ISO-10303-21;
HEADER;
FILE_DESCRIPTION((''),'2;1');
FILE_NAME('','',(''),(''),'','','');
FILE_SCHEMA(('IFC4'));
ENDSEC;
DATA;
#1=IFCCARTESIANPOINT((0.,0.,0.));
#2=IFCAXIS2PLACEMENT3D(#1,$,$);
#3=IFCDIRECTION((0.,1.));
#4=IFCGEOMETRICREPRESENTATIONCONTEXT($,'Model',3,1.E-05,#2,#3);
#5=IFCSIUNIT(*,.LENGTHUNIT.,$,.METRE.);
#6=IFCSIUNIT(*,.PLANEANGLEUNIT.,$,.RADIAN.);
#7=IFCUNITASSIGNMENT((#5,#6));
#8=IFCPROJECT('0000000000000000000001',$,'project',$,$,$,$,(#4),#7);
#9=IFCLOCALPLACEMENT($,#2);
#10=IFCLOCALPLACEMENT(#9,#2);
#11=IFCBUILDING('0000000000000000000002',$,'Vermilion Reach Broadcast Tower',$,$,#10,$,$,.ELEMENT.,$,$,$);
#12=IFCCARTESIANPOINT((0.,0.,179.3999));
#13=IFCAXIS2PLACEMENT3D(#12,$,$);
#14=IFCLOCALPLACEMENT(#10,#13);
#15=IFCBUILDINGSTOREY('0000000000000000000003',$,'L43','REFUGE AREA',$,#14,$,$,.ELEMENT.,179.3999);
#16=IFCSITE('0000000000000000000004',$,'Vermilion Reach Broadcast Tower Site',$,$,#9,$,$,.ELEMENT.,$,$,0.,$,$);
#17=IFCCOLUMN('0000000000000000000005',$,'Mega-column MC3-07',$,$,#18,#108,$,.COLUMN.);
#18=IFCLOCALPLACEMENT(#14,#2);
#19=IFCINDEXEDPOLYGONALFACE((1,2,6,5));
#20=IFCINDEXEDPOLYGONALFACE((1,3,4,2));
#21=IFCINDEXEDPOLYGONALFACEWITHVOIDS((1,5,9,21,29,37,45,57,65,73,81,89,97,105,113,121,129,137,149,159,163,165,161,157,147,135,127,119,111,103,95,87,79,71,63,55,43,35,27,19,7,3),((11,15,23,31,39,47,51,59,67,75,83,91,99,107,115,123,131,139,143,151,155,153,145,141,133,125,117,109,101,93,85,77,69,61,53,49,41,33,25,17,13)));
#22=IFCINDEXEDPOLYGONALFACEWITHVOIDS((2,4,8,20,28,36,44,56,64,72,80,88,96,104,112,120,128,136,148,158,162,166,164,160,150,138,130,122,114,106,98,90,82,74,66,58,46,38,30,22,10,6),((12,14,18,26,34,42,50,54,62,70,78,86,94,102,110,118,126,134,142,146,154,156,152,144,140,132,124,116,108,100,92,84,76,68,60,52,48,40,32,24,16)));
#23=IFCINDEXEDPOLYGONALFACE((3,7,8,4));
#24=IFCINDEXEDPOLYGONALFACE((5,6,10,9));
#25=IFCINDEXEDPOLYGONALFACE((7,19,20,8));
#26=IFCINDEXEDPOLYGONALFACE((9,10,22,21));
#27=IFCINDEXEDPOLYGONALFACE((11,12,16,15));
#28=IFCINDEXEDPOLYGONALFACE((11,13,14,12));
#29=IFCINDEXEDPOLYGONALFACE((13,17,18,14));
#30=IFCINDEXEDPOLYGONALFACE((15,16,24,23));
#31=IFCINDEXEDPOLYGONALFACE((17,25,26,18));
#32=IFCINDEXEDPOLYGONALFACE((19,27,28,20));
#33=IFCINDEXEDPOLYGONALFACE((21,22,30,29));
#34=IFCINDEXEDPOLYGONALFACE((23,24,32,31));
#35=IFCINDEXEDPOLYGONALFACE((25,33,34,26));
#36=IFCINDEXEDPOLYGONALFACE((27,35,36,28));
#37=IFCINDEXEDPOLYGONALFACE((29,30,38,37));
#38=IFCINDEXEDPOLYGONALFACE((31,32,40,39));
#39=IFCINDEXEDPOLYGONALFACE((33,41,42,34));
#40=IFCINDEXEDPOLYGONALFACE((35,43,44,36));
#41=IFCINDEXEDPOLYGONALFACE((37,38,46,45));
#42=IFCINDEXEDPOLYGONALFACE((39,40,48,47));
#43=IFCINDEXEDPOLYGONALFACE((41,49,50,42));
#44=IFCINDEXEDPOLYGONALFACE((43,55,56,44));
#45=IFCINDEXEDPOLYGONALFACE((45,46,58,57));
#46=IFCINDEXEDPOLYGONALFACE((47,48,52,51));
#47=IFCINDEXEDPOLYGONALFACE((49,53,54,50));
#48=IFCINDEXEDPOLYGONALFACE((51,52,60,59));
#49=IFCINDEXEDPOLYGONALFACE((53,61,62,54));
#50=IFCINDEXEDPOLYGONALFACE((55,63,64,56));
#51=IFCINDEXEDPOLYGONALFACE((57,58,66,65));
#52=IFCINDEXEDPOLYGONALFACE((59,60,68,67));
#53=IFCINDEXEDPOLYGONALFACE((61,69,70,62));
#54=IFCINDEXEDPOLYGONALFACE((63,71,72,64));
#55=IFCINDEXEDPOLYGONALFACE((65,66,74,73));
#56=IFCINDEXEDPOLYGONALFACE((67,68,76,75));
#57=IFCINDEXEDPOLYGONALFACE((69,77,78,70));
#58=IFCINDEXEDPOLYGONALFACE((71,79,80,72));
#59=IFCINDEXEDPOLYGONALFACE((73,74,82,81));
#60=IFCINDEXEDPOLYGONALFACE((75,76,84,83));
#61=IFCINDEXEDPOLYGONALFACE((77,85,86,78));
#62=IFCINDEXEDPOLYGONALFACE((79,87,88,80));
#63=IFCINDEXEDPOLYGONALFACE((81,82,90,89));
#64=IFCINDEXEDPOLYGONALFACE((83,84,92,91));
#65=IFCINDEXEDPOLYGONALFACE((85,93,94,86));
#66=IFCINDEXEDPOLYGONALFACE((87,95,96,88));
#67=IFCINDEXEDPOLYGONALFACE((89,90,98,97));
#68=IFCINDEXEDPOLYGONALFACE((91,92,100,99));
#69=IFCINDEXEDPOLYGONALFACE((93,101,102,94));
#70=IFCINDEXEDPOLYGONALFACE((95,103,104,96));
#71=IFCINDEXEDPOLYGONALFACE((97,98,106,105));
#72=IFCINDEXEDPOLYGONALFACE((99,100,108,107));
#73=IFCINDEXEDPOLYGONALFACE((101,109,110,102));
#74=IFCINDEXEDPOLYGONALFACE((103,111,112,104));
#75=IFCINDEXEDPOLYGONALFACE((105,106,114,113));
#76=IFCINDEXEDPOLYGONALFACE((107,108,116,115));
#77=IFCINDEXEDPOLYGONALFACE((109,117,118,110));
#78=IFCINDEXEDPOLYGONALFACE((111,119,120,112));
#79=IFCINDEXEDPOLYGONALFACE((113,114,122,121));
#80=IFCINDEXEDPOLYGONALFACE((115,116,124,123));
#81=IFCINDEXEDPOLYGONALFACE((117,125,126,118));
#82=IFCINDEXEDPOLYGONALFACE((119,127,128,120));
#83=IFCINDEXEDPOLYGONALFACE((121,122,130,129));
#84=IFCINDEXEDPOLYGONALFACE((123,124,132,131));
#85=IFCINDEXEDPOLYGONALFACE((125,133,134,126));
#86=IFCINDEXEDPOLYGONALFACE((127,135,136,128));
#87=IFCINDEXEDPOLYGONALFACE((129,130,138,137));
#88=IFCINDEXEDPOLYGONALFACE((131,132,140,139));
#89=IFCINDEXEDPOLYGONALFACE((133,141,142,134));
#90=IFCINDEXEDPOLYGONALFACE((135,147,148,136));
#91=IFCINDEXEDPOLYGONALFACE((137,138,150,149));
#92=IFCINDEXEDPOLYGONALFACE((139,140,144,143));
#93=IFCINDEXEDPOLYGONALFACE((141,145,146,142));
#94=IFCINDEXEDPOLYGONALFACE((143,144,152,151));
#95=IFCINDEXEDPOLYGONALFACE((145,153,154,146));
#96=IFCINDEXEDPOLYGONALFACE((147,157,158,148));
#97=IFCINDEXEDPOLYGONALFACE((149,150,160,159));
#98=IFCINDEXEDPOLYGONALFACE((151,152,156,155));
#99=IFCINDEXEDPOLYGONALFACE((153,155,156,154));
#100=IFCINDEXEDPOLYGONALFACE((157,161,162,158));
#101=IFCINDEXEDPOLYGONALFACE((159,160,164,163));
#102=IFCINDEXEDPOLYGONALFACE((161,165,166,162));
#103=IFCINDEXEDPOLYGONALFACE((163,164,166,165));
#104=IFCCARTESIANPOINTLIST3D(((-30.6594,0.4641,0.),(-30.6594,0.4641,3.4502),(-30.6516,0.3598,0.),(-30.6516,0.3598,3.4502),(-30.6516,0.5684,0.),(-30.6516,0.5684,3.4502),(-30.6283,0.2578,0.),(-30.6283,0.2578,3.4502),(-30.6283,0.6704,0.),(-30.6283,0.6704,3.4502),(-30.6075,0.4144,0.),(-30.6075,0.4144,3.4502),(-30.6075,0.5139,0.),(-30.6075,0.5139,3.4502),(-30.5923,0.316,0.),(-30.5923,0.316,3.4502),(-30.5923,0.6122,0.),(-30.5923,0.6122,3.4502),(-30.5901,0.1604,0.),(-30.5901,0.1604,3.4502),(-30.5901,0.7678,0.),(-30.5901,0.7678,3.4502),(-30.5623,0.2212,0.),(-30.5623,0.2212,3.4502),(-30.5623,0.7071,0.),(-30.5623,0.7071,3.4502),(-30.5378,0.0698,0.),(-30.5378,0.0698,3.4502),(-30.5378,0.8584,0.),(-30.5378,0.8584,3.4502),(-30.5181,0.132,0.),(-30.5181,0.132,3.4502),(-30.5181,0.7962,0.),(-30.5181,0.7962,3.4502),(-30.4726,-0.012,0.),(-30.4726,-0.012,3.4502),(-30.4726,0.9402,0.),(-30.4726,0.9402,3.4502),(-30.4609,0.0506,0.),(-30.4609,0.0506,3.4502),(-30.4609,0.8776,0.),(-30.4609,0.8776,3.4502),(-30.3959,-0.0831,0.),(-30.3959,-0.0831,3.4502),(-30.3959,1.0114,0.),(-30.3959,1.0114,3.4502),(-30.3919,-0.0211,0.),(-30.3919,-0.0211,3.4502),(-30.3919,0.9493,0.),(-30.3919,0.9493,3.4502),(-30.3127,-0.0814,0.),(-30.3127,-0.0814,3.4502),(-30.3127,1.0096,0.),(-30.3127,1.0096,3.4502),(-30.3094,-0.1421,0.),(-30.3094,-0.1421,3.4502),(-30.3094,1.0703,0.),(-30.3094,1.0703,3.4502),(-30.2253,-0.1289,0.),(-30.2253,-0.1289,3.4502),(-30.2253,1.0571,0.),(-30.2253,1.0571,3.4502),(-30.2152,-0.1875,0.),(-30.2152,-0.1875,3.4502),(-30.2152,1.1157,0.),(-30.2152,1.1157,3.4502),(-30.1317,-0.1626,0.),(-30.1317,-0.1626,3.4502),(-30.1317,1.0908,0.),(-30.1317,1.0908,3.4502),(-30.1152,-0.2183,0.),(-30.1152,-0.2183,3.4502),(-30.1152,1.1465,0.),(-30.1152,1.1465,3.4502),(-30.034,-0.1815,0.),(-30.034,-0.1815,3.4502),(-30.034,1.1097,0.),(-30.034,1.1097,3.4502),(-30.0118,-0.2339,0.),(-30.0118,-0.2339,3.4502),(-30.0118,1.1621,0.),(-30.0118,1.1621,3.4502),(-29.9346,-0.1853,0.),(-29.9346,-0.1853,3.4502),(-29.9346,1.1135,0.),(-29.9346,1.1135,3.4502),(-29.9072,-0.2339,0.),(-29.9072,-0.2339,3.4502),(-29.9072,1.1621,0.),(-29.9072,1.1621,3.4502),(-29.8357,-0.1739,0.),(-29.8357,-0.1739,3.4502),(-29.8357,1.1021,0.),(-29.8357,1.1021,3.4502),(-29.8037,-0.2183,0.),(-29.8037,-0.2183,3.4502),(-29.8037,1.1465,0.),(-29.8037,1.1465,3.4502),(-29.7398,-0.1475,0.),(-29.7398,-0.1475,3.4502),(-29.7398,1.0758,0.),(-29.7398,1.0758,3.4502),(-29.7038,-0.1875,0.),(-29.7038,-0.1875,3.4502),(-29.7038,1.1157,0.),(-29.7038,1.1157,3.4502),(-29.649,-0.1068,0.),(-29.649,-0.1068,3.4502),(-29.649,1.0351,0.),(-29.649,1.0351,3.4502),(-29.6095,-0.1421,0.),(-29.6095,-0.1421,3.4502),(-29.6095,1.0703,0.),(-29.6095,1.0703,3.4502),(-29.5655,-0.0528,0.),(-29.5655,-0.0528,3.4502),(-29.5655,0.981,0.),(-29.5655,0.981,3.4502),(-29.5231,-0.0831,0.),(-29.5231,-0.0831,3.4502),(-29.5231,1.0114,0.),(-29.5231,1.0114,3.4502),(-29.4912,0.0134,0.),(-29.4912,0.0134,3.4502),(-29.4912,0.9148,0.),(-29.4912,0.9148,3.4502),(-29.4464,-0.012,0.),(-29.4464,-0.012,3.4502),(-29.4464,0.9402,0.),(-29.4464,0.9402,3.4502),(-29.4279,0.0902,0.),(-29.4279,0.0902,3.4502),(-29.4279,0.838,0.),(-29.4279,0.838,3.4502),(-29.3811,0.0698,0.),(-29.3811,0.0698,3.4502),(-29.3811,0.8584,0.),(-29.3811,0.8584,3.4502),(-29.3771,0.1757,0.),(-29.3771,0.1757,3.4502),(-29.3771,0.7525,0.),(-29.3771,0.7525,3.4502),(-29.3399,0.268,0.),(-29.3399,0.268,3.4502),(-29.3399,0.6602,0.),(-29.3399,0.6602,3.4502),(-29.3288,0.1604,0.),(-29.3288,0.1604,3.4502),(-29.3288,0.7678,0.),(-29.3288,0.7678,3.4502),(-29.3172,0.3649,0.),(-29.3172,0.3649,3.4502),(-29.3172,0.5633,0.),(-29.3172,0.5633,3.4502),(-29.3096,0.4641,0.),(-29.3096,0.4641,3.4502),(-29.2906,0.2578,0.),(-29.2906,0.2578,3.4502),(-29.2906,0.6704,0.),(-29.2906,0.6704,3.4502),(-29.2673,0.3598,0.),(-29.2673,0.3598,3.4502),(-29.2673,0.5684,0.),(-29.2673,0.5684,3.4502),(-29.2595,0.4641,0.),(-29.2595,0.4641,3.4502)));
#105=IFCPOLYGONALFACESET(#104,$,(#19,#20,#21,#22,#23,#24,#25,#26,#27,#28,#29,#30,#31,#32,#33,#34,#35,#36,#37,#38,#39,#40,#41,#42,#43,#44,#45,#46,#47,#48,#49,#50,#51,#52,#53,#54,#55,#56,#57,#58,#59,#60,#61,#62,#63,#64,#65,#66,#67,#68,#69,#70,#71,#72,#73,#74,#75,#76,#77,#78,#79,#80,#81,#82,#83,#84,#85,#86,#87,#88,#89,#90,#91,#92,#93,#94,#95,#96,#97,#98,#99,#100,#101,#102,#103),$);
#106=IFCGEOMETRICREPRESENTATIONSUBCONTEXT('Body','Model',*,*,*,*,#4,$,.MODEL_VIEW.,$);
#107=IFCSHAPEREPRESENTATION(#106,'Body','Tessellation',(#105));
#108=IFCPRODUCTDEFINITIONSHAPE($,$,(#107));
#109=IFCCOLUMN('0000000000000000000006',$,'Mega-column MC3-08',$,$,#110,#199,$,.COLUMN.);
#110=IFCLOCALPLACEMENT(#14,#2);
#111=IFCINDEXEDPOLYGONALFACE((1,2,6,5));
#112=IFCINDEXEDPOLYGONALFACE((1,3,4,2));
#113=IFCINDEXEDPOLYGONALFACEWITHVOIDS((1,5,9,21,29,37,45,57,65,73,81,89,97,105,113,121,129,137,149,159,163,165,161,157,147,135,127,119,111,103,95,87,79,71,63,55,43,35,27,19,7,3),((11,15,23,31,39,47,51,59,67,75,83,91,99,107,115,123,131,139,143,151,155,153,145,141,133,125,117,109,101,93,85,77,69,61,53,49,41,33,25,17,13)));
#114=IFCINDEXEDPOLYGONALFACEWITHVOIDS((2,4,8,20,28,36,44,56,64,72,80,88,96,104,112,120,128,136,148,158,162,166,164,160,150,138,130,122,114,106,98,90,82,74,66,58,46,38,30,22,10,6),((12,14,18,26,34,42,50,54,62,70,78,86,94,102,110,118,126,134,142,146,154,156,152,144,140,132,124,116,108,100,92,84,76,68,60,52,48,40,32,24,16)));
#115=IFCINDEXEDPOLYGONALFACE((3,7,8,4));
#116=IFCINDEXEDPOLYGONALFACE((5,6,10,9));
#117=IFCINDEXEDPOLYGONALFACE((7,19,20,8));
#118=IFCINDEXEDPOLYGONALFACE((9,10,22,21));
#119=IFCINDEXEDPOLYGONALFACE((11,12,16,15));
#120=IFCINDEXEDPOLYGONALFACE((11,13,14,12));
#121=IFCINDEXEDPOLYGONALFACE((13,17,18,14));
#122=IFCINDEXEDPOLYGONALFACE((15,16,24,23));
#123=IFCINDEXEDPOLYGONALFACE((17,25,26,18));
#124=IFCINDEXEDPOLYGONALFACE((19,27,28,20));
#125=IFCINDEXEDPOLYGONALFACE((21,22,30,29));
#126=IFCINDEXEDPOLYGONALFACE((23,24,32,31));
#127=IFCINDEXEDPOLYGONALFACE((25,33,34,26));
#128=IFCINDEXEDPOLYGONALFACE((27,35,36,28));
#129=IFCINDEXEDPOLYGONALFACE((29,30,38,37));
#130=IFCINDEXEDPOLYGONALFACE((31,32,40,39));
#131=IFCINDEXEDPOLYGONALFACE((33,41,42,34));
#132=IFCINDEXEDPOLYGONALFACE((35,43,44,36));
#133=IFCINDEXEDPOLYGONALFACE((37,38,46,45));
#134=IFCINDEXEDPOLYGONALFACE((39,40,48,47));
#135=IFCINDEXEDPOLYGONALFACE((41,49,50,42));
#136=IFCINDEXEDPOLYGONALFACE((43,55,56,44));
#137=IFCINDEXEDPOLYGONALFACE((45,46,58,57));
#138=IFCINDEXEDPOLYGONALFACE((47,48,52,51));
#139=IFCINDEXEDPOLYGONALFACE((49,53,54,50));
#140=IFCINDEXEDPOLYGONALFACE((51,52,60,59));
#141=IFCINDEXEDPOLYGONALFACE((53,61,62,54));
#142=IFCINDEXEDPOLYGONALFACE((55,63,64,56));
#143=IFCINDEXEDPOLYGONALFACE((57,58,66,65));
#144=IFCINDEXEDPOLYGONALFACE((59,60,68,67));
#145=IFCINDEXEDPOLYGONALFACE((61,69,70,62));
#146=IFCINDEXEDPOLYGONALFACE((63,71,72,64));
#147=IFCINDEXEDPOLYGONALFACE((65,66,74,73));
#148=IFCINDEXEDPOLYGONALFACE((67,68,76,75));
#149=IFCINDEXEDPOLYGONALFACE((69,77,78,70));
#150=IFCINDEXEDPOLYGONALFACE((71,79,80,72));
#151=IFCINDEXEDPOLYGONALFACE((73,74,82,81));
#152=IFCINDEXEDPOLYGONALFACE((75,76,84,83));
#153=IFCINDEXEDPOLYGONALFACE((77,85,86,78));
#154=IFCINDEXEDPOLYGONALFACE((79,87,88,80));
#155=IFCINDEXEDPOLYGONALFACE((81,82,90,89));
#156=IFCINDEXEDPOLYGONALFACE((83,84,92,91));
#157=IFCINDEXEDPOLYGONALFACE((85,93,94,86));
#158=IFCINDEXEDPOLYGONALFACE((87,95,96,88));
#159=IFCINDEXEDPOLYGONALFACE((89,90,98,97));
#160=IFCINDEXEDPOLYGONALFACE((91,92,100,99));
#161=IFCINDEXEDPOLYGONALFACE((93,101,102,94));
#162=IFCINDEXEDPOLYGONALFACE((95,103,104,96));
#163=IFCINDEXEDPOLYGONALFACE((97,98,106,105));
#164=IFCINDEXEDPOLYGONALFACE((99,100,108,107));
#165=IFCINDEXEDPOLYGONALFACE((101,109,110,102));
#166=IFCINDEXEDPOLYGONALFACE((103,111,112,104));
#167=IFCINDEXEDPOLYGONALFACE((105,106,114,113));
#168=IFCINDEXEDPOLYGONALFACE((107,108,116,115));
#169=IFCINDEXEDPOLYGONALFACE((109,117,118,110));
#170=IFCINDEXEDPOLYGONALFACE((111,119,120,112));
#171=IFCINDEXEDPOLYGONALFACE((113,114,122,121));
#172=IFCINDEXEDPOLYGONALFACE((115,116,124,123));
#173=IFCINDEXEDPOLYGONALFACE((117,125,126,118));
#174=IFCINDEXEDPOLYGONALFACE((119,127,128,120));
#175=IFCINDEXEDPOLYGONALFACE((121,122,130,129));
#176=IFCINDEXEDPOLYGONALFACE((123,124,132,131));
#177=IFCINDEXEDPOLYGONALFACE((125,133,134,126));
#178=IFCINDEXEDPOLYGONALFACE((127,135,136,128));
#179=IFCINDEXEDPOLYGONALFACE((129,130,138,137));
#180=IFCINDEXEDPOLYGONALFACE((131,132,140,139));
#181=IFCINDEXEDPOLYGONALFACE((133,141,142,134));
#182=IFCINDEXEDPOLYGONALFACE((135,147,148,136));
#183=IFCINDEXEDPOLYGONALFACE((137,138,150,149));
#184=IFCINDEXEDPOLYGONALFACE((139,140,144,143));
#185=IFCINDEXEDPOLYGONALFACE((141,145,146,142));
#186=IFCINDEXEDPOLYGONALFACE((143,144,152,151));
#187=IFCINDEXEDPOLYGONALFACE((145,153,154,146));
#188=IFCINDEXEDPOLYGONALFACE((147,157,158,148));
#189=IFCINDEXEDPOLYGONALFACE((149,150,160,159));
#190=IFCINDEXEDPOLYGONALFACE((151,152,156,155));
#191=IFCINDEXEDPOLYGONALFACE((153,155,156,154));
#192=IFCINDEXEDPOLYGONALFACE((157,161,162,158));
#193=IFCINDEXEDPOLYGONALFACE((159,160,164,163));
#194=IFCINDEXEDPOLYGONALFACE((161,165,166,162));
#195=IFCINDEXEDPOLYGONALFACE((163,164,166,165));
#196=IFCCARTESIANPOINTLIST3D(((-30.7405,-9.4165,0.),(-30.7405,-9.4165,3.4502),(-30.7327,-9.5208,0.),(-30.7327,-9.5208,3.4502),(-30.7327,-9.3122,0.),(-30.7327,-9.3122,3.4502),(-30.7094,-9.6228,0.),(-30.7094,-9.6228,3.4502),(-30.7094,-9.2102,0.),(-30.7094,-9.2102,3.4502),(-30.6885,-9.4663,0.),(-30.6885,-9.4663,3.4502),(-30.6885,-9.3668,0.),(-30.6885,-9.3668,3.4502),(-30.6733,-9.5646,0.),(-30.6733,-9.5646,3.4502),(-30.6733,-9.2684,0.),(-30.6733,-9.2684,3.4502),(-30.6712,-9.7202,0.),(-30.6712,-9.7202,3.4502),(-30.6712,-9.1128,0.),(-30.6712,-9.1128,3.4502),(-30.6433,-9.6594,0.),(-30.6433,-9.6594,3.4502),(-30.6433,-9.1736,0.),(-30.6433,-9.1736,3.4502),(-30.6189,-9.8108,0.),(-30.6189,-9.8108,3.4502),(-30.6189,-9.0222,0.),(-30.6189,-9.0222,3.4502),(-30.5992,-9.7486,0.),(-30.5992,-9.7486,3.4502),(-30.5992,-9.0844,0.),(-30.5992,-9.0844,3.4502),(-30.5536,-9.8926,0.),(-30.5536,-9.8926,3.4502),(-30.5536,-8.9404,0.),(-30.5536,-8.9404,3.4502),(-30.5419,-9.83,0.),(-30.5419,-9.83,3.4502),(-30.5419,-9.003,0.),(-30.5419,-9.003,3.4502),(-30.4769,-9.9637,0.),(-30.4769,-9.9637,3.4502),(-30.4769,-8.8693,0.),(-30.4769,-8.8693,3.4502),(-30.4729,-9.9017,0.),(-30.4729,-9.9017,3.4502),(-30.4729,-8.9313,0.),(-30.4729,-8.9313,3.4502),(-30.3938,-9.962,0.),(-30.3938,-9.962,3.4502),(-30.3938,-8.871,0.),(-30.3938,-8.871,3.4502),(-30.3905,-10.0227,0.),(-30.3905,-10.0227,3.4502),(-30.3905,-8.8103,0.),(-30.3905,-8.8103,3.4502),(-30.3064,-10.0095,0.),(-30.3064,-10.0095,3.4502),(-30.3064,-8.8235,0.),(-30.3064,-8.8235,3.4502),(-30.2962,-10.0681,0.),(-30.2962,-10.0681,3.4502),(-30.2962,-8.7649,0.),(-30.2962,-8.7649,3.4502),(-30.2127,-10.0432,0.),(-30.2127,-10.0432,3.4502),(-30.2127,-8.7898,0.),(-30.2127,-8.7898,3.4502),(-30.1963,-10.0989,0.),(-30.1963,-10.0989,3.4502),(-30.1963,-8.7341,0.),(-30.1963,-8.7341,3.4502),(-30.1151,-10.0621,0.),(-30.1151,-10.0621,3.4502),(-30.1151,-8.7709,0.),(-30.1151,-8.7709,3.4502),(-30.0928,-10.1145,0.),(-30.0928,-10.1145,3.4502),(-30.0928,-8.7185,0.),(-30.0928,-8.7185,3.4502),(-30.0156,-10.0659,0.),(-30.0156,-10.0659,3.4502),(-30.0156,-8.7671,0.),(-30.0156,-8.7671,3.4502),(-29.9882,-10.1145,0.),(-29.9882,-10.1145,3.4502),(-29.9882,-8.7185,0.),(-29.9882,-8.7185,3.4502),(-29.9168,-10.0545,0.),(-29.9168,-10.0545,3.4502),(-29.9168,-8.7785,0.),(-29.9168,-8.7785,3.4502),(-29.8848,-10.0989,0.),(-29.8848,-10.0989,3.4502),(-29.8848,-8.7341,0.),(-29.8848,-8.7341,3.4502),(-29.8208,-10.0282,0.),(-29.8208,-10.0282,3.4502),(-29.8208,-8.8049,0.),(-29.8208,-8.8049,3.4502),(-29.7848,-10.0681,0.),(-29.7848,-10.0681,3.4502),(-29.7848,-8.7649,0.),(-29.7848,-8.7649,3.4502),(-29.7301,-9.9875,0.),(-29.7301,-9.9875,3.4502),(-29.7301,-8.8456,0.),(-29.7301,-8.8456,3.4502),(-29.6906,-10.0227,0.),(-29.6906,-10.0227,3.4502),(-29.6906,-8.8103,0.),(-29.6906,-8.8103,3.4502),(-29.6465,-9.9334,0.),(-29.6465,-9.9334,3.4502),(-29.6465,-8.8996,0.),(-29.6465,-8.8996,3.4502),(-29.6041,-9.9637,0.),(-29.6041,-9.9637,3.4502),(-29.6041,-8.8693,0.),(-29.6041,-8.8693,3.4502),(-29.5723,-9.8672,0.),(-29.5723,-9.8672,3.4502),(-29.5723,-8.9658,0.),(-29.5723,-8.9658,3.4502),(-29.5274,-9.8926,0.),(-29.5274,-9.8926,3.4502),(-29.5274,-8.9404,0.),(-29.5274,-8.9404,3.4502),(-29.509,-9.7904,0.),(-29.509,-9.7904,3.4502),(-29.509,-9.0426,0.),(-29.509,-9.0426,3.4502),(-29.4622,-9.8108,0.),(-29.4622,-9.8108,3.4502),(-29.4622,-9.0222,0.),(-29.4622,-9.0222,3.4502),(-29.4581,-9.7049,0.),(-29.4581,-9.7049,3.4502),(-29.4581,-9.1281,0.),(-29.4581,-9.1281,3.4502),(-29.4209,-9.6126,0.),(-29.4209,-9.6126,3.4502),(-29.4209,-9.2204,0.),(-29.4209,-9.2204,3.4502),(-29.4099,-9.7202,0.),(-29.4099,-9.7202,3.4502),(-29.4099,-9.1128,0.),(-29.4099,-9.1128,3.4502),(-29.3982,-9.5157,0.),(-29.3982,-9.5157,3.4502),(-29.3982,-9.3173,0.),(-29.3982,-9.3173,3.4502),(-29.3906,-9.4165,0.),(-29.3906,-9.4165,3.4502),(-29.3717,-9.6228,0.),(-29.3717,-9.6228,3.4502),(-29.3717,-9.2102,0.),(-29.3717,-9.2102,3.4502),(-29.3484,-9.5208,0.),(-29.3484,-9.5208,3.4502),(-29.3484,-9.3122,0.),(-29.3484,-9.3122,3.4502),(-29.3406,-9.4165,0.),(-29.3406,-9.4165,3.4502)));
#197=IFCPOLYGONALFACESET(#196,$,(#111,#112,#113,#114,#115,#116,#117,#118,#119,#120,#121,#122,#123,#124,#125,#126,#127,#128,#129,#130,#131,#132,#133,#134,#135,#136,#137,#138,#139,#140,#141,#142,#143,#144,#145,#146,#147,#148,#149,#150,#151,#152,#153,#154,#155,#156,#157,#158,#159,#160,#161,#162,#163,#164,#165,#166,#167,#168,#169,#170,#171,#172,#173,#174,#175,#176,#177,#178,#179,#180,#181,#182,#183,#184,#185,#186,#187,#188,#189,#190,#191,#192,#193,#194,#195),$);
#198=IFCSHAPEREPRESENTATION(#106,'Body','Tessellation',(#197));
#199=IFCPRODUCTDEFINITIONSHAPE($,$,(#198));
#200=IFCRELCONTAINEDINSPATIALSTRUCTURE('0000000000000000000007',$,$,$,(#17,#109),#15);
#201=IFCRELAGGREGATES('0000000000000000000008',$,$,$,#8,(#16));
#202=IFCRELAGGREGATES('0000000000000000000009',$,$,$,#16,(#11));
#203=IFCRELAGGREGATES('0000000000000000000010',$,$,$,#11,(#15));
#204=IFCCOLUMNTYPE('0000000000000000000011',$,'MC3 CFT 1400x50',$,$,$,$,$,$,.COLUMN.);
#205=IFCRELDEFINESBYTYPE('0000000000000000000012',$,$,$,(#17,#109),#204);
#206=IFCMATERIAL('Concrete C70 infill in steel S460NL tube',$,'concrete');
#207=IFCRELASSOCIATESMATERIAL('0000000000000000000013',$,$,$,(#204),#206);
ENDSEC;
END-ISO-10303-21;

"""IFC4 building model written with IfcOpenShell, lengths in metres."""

from ifc_helpers import new_model, si_unit, direction, frame, origin, origin_2d, place, context, subcontext, project, spatial, hollow_circle, extrude, material, material_profile, profile_set, type_object, element, save


model = new_model("IFC4")

# Units and contexts
model_context = context("Model", 3, precision=1e-05, world=origin(), true_north=direction((0.0, 1.0)))
body_context = subcontext(model_context, "Body", "Model", "MODEL_VIEW")
ifc_project = project(units=[si_unit("LENGTHUNIT", "METRE"), si_unit("PLANEANGLEUNIT", "RADIAN")], contexts=[model_context])

# Site, building, storey
site_placement = place(None, origin())
site = spatial("IfcSite", under=ifc_project, at=site_placement, Name="Vermilion Reach Broadcast Tower Site", CompositionType="ELEMENT", RefElevation=0.0)
building_placement = place(site_placement, origin())
building = spatial("IfcBuilding", under=site, at=building_placement, Name="Vermilion Reach Broadcast Tower", CompositionType="ELEMENT")
storey_placement = place(building_placement, frame((0.0, 0.0, 179.3999)))
storey = spatial("IfcBuildingStorey", under=building, at=storey_placement, Name="L43", Description="REFUGE AREA", CompositionType="ELEMENT", Elevation=179.3999)

# Columns
ifc_material_1 = material(Name="Concrete C70 infill in steel S460NL tube", Category="concrete")
ifc_material_profile_1 = material_profile(ifc_material_1, hollow_circle(Radius=0.7, WallThickness=0.05, at=origin_2d()), Name="Concrete C70 infill in steel S460NL tube CFT 1400x50")
ifc_profile_set_1 = profile_set([ifc_material_profile_1], Name="Concrete C70 infill in steel S460NL tube")
column_type = type_object("IfcColumnType", Name="MC3 CFT 1400x50", PredefinedType="COLUMN", material=ifc_profile_set_1)
for number, where, z_axis, x_axis, name in (
    (1, (-29.9595, 0.4641, 0.0), (0.0, 0.0, 1.0), (1.0, 0.0, 0.0), "Mega-column MC3-07"),
    (2, (-30.0405, -9.4165, 0.0), (0.0, 0.0, 1.0), (1.0, 0.0, 0.0), "Mega-column MC3-08"),
):
    element("IfcColumn", number, at=place(storey_placement, frame(where, z_axis=z_axis, x_axis=x_axis)), inside=storey, type_object=column_type, Name=name, PredefinedType="COLUMN", context=body_context, shape_type="SweptSolid", body=[
        extrude(hollow_circle(Radius=0.7, WallThickness=0.05, at=origin_2d()), origin(), (0.0, 0.0, 1.0), 3.4502),
    ])

save(model, "model.ifc")
